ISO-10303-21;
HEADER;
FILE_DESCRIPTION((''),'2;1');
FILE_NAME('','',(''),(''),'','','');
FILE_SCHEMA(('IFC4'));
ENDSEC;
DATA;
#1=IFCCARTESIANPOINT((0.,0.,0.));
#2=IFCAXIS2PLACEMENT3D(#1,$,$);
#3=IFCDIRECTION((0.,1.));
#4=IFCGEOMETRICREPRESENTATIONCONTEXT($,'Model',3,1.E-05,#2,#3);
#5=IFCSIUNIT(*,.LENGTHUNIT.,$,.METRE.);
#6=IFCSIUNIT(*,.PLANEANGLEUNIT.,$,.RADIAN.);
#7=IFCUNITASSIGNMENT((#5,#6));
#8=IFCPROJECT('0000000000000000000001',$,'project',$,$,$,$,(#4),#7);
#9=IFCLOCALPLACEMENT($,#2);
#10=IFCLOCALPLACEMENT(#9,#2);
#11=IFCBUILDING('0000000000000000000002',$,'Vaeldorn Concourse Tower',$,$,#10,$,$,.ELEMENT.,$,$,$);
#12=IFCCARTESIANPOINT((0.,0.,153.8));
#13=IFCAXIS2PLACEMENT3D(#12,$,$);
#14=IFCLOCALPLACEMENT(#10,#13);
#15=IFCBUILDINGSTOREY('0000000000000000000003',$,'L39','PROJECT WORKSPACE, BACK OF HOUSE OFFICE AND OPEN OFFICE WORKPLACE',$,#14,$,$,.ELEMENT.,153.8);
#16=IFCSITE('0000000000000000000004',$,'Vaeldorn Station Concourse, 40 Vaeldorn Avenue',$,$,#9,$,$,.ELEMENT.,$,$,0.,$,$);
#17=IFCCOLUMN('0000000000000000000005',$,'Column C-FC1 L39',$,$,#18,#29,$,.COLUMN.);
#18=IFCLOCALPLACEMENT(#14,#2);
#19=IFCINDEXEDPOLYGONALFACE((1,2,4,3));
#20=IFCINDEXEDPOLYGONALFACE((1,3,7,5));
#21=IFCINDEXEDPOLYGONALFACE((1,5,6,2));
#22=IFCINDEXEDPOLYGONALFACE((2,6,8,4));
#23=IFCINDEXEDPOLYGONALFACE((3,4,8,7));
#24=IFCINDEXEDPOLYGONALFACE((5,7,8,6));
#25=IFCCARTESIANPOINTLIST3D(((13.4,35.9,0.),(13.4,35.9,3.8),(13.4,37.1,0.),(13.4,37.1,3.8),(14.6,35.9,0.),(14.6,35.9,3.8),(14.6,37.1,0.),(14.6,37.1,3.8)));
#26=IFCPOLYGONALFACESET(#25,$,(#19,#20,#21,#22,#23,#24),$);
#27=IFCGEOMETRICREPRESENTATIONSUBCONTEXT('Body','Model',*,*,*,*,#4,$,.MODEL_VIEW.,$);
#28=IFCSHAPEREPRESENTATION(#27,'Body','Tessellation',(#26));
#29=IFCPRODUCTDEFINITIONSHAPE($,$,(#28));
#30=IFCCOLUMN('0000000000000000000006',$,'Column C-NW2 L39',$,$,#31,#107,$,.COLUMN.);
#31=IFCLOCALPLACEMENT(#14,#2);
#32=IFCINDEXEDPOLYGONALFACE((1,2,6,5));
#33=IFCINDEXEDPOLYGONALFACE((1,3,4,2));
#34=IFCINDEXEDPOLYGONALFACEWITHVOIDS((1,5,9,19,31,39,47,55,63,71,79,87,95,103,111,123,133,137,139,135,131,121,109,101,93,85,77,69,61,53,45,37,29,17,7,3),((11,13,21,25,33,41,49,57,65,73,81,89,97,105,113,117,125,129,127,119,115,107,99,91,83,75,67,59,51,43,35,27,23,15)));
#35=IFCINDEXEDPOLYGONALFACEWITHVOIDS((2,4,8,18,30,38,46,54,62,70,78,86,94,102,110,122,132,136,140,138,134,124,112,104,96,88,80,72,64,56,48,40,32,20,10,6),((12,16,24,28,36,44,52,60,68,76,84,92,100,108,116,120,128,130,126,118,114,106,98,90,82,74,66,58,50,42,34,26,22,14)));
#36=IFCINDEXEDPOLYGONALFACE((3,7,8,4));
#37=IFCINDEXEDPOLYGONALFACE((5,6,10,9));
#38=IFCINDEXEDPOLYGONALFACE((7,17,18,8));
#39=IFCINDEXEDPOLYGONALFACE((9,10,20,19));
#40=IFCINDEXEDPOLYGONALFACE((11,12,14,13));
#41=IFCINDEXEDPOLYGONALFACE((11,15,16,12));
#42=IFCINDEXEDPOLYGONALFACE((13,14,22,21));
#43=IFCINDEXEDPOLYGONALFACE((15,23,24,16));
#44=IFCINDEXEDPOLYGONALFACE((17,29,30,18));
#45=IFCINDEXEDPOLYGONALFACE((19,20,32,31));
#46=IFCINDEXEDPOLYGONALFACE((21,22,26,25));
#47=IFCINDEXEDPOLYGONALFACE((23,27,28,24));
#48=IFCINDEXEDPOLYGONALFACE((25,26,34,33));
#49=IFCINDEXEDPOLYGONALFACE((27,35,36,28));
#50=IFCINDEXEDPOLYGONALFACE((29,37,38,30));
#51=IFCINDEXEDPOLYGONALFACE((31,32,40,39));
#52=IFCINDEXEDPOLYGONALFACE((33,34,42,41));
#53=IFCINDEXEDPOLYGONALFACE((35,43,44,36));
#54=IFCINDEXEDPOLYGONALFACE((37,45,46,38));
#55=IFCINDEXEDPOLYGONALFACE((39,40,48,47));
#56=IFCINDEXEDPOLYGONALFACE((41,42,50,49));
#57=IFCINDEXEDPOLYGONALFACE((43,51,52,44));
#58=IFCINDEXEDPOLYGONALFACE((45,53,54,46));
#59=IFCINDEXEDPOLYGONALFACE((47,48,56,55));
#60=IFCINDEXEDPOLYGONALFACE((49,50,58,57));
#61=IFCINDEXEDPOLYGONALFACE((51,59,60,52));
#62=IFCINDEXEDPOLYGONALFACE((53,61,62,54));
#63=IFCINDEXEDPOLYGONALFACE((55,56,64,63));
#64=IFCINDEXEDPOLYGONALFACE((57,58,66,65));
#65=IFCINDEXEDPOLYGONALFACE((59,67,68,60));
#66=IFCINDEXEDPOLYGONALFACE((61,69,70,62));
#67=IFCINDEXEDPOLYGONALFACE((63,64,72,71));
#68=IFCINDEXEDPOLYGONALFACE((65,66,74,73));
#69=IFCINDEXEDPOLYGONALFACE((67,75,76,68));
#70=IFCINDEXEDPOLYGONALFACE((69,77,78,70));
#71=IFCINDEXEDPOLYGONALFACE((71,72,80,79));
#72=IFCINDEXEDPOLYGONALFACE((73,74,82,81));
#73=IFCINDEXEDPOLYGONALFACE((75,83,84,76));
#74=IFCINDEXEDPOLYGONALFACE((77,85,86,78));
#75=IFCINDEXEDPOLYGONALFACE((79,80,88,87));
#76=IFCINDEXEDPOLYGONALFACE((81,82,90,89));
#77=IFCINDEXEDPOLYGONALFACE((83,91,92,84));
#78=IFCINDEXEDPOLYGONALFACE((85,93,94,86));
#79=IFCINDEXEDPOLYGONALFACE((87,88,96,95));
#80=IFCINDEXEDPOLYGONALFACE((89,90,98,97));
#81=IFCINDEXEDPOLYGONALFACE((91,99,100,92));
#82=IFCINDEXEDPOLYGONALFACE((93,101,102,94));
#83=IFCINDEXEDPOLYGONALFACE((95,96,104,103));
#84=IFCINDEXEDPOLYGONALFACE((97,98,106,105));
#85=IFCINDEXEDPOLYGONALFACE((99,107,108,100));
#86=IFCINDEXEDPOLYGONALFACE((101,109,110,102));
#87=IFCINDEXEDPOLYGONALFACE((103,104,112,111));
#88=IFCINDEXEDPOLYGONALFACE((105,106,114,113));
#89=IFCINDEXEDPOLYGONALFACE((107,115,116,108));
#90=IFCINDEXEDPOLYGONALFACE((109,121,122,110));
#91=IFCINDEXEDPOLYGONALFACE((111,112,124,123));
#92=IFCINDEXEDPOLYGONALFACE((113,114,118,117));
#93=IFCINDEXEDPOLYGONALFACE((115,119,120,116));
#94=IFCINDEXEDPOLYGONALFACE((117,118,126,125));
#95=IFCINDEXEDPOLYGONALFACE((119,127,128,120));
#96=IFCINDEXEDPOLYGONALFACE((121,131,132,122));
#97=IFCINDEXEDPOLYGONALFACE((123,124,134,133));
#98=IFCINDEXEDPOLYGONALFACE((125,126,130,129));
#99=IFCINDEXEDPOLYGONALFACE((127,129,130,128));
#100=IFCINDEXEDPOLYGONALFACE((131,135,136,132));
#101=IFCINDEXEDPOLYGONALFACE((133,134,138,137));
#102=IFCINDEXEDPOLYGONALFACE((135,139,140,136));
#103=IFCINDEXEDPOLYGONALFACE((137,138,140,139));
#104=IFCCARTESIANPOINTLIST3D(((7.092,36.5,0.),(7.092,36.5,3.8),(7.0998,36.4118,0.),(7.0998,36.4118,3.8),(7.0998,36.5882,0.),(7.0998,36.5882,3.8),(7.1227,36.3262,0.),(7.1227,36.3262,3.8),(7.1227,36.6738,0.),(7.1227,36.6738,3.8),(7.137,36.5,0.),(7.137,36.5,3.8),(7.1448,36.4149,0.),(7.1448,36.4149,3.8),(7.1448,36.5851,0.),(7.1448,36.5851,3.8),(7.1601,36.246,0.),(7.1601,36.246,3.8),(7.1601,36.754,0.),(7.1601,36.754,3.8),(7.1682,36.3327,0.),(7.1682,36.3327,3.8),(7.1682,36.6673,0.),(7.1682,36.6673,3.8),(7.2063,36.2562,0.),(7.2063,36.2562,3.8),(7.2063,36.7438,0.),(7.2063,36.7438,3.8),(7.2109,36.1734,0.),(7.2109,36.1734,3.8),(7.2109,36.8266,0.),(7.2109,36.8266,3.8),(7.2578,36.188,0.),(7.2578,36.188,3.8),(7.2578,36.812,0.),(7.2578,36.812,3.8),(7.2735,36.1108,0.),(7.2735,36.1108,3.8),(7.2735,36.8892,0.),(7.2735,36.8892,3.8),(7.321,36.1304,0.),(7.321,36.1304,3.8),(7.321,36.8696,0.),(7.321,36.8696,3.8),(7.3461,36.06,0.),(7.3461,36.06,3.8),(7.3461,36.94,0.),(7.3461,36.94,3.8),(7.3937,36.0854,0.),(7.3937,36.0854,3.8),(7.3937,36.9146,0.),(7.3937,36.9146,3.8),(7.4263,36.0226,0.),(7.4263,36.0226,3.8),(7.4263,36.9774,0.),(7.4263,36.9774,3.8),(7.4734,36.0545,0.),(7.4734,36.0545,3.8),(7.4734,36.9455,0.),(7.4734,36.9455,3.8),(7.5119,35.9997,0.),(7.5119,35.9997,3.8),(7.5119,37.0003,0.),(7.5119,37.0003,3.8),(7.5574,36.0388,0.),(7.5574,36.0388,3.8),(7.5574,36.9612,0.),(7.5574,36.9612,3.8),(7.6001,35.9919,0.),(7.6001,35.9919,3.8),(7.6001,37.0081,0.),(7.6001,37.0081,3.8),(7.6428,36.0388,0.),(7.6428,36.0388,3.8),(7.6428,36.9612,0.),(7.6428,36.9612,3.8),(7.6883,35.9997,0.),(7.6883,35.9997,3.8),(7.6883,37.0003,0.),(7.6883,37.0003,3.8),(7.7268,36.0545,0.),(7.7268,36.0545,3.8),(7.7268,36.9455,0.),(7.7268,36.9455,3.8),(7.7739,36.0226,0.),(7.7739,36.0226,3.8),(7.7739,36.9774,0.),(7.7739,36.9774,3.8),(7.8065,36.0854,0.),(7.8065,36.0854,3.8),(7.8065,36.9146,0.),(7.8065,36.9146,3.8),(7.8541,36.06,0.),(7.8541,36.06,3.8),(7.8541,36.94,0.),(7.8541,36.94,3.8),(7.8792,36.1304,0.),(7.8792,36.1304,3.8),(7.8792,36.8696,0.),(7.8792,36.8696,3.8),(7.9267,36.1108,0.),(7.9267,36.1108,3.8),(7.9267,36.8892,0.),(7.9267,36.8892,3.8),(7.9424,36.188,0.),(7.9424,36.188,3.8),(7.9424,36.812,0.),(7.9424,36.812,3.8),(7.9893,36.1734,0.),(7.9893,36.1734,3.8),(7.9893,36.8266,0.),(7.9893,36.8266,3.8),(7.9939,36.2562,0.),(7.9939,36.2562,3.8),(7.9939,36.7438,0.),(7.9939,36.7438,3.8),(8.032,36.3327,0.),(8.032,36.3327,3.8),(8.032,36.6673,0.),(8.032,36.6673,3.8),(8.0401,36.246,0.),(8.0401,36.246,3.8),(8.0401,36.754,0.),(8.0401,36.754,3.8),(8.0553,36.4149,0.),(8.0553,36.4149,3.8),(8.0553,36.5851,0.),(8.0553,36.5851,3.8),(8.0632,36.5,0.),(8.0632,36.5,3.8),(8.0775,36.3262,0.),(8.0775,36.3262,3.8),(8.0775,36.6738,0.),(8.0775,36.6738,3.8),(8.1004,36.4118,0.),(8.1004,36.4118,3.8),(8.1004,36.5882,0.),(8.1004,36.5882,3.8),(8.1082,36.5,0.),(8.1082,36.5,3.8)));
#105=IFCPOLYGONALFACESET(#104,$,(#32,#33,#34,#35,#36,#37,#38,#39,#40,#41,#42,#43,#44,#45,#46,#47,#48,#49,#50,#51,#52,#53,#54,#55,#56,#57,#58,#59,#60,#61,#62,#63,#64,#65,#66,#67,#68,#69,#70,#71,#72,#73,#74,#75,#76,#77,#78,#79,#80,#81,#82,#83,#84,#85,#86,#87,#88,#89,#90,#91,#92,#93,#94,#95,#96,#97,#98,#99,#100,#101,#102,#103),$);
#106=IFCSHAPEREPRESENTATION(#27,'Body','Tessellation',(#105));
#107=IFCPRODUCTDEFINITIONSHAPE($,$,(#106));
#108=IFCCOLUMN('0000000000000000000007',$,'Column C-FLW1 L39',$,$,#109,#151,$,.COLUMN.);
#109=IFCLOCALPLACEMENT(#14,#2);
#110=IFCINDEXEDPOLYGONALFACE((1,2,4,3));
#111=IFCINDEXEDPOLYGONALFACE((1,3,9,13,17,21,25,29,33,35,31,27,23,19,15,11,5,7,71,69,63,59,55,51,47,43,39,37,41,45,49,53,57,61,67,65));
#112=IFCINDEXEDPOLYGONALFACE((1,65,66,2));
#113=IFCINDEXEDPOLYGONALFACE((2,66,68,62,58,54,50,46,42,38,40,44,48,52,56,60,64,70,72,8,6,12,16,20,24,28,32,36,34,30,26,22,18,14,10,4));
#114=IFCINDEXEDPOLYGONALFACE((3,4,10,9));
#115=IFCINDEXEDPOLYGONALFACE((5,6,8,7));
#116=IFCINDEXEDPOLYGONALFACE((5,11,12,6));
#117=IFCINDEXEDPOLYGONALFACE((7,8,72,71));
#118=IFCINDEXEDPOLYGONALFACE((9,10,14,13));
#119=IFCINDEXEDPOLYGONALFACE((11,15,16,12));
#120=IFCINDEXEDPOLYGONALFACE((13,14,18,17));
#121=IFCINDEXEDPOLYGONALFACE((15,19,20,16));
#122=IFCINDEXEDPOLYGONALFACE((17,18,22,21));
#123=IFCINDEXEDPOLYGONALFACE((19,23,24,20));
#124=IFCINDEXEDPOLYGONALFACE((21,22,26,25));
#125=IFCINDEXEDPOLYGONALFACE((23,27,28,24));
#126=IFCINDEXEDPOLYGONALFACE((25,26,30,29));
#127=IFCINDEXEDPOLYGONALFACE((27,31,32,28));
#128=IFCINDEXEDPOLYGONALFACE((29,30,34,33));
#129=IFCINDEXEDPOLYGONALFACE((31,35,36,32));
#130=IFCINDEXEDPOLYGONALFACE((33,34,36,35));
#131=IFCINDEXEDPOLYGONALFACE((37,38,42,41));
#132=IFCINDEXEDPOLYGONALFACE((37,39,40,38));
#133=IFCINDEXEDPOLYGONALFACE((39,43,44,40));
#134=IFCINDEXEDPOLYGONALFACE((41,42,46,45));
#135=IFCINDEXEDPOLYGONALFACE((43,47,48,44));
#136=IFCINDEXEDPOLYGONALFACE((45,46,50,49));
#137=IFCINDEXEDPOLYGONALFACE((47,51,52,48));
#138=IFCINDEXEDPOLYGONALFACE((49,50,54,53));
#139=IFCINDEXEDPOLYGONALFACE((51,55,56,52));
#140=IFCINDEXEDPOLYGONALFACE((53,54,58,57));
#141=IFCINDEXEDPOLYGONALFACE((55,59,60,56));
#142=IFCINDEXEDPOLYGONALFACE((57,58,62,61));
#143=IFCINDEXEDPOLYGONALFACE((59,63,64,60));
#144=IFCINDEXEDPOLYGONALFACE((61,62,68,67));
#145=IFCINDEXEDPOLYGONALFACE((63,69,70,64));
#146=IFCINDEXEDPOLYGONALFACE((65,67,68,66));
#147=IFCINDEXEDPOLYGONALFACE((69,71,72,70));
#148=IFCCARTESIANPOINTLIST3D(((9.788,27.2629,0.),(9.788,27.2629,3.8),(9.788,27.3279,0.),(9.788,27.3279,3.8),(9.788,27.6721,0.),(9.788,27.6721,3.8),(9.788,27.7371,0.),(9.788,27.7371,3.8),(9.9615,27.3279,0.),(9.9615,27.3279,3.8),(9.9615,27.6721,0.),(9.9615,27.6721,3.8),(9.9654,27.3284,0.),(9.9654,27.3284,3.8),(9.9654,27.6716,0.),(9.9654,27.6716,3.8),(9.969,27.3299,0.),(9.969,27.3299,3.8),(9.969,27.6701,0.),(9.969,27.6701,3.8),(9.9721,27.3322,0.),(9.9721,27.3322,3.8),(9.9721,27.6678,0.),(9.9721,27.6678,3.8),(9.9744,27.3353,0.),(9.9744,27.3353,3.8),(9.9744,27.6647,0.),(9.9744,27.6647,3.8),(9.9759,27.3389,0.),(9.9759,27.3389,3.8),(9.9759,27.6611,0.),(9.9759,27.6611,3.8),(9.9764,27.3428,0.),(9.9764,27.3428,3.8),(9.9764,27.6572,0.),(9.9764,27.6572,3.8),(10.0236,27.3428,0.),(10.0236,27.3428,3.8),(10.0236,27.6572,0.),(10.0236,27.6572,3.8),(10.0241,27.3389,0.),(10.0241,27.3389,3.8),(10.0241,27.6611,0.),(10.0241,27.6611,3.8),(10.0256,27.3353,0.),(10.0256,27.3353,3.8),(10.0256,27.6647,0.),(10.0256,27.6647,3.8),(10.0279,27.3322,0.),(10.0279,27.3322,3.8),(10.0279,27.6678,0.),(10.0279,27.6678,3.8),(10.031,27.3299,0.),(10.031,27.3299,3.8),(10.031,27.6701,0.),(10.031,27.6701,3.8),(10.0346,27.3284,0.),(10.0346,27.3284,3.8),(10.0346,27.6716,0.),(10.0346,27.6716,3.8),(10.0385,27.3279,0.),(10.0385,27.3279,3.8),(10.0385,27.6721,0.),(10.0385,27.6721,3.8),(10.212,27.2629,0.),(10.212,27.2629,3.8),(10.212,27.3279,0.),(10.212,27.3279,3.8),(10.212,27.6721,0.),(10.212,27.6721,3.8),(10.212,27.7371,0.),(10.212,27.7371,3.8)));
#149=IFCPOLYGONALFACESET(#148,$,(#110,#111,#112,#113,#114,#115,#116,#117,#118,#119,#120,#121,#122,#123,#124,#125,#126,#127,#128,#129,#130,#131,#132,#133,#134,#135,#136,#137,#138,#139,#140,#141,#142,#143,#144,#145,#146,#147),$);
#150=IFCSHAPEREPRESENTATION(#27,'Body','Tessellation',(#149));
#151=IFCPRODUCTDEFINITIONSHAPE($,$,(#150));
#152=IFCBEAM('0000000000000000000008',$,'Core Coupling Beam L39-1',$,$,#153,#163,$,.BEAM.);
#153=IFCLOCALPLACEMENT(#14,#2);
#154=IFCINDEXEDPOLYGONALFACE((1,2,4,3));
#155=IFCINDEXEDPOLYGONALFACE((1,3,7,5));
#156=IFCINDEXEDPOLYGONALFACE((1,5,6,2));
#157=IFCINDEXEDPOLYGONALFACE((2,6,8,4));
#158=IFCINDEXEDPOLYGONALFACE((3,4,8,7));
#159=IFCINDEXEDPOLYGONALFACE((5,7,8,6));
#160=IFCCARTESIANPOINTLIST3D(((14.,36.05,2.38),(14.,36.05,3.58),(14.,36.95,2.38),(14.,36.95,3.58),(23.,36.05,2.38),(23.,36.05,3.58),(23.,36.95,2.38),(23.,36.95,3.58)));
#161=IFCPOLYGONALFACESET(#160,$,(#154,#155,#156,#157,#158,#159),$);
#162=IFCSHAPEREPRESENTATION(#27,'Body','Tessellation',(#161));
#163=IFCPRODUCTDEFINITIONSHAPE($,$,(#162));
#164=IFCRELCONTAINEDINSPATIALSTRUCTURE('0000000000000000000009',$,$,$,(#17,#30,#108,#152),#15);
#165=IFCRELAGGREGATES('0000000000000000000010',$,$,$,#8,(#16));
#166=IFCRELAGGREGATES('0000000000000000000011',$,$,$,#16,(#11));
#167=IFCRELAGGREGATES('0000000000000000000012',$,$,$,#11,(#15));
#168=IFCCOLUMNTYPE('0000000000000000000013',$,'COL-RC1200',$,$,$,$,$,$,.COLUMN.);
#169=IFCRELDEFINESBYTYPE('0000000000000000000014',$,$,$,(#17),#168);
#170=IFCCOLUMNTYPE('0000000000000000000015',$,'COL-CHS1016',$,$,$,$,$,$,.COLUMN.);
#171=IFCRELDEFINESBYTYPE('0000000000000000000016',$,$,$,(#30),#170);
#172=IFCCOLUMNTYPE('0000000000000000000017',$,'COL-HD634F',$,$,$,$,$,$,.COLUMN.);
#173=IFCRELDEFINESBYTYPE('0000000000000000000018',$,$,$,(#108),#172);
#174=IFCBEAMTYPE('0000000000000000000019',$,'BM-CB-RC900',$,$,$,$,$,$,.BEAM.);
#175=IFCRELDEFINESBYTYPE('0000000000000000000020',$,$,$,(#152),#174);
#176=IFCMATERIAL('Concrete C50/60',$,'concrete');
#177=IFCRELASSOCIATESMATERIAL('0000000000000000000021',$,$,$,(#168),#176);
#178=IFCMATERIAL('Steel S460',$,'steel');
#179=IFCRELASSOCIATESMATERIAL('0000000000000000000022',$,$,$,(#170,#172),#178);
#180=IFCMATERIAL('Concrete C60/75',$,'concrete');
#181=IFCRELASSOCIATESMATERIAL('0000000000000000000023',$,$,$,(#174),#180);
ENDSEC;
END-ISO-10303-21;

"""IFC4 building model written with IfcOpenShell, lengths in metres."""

from ifc_helpers import new_model, si_unit, direction, frame, origin, origin_2d, place, context, subcontext, project, spatial, rectangle, hollow_circle, i_section, extrude, source, transform, mapped, material, material_profile, profile_set, type_object, element, save


model = new_model("IFC4")

# Units and contexts
model_context = context("Model", 3, precision=1e-05, world=origin(), true_north=direction((0.0, 1.0)))
body_context = subcontext(model_context, "Body", "Model", "MODEL_VIEW")
ifc_project = project(units=[si_unit("LENGTHUNIT", "METRE"), si_unit("PLANEANGLEUNIT", "RADIAN")], contexts=[model_context])

# Site, building, storey
site_placement = place(None, origin())
site = spatial("IfcSite", under=ifc_project, at=site_placement, Name="Vaeldorn Station Concourse, 40 Vaeldorn Avenue", CompositionType="ELEMENT", RefElevation=0.0)
building_placement = place(site_placement, origin())
building = spatial("IfcBuilding", under=site, at=building_placement, Name="Vaeldorn Concourse Tower", CompositionType="ELEMENT")
storey_placement = place(building_placement, frame((0.0, 0.0, 153.8)))
storey = spatial("IfcBuildingStorey", under=building, at=storey_placement, Name="L39", Description="PROJECT WORKSPACE, BACK OF HOUSE OFFICE AND OPEN OFFICE WORKPLACE", CompositionType="ELEMENT", Elevation=153.8)

# Columns
ifc_material_1 = material(Name="Concrete C50/60", Category="concrete")
ifc_material_profile_1 = material_profile(ifc_material_1, rectangle(XDim=1.2, YDim=1.2, at=origin_2d()), Name="RC 1200x1200")
ifc_profile_set_1 = profile_set([ifc_material_profile_1], Name="Concrete C50/60")
column_type_1 = type_object("IfcColumnType", Name="COL-RC1200", PredefinedType="COLUMN", material=ifc_profile_set_1)
shared_shape_1 = source(origin(), body_context, "Body", "SweptSolid", [
    extrude(rectangle(XDim=1.2, YDim=1.2, at=origin_2d()), origin(), (0.0, 0.0, 1.0), 3.8),
])
column_1_placement = place(storey_placement, frame((14.0, 36.5, 0.0), z_axis=(0.0, 0.0, 1.0), x_axis=(1.0, 0.0, 0.0)))
element("IfcColumn", 1, at=column_1_placement, inside=storey, type_object=column_type_1, Name="Column C-FC1 L39", PredefinedType="COLUMN", context=body_context, shape_type="MappedRepresentation", body=[
    mapped(shared_shape_1, transform((0.0, 0.0, 0.0), scale=1.0)),
])
ifc_material_2 = material(Name="Steel S460", Category="steel")
ifc_material_profile_2 = material_profile(ifc_material_2, hollow_circle(Radius=0.5081, WallThickness=0.0449, at=origin_2d()), Name="CHS 1016x45")
ifc_profile_set_2 = profile_set([ifc_material_profile_2], Name="Steel S460")
column_type_2 = type_object("IfcColumnType", Name="COL-CHS1016", PredefinedType="COLUMN", material=ifc_profile_set_2)
shared_shape_2 = source(origin(), body_context, "Body", "SweptSolid", [
    extrude(hollow_circle(Radius=0.5081, WallThickness=0.0449, at=origin_2d()), origin(), (0.0, 0.0, 1.0), 3.8),
])
column_2_placement = place(storey_placement, frame((7.6001, 36.5, 0.0), z_axis=(0.0, 0.0, 1.0), x_axis=(1.0, 0.0, 0.0)))
element("IfcColumn", 2, at=column_2_placement, inside=storey, type_object=column_type_2, Name="Column C-NW2 L39", PredefinedType="COLUMN", context=body_context, shape_type="MappedRepresentation", body=[
    mapped(shared_shape_2, transform((0.0, 0.0, 0.0), scale=1.0)),
])
ifc_material_profile_3 = material_profile(ifc_material_2, i_section(OverallWidth=0.4241, OverallDepth=0.4741, WebThickness=0.0471, FlangeThickness=0.0649, FilletRadius=0.0149, at=origin_2d()), Name="HD 400x634")
ifc_profile_set_3 = profile_set([ifc_material_profile_3], Name="Steel S460")
column_type_3 = type_object("IfcColumnType", Name="COL-HD634F", PredefinedType="COLUMN", material=ifc_profile_set_3)
shared_shape_3 = source(origin(), body_context, "Body", "SweptSolid", [
    extrude(i_section(OverallWidth=0.4241, OverallDepth=0.4741, WebThickness=0.0471, FlangeThickness=0.0649, FilletRadius=0.0149, at=origin_2d()), origin(), (0.0, 0.0, 1.0), 3.8),
])
column_3_placement = place(storey_placement, frame((10.0, 27.5, 0.0), z_axis=(0.0, 0.0, 1.0), x_axis=(1.0, 0.0, 0.0)))
element("IfcColumn", 3, at=column_3_placement, inside=storey, type_object=column_type_3, Name="Column C-FLW1 L39", PredefinedType="COLUMN", context=body_context, shape_type="MappedRepresentation", body=[
    mapped(shared_shape_3, transform((0.0, 0.0, 0.0), scale=1.0)),
])

# Beam
ifc_material_3 = material(Name="Concrete C60/75", Category="concrete")
ifc_material_profile_4 = material_profile(ifc_material_3, rectangle(XDim=0.8999, YDim=1.2, at=origin_2d()), Name="RC 900x1200")
ifc_profile_set_4 = profile_set([ifc_material_profile_4], Name="Concrete C60/75")
beam_type_1 = type_object("IfcBeamType", Name="BM-CB-RC900", PredefinedType="BEAM", material=ifc_profile_set_4)
shared_shape_4 = source(origin(), body_context, "Body", "SweptSolid", [
    extrude(rectangle(XDim=0.8999, YDim=1.2, at=origin_2d()), origin(), (0.0, 0.0, 1.0), 9.0),
])
beam_1_placement = place(storey_placement, frame((14.0, 36.5, 2.98), z_axis=(1.0, 0.0, 0.0), x_axis=(0.0, 1.0, 0.0)))
element("IfcBeam", 4, at=beam_1_placement, inside=storey, type_object=beam_type_1, Name="Core Coupling Beam L39-1", PredefinedType="BEAM", context=body_context, shape_type="MappedRepresentation", body=[
    mapped(shared_shape_4, transform((0.0, 0.0, 0.0), scale=1.0)),
])

save(model, "model.ifc")
